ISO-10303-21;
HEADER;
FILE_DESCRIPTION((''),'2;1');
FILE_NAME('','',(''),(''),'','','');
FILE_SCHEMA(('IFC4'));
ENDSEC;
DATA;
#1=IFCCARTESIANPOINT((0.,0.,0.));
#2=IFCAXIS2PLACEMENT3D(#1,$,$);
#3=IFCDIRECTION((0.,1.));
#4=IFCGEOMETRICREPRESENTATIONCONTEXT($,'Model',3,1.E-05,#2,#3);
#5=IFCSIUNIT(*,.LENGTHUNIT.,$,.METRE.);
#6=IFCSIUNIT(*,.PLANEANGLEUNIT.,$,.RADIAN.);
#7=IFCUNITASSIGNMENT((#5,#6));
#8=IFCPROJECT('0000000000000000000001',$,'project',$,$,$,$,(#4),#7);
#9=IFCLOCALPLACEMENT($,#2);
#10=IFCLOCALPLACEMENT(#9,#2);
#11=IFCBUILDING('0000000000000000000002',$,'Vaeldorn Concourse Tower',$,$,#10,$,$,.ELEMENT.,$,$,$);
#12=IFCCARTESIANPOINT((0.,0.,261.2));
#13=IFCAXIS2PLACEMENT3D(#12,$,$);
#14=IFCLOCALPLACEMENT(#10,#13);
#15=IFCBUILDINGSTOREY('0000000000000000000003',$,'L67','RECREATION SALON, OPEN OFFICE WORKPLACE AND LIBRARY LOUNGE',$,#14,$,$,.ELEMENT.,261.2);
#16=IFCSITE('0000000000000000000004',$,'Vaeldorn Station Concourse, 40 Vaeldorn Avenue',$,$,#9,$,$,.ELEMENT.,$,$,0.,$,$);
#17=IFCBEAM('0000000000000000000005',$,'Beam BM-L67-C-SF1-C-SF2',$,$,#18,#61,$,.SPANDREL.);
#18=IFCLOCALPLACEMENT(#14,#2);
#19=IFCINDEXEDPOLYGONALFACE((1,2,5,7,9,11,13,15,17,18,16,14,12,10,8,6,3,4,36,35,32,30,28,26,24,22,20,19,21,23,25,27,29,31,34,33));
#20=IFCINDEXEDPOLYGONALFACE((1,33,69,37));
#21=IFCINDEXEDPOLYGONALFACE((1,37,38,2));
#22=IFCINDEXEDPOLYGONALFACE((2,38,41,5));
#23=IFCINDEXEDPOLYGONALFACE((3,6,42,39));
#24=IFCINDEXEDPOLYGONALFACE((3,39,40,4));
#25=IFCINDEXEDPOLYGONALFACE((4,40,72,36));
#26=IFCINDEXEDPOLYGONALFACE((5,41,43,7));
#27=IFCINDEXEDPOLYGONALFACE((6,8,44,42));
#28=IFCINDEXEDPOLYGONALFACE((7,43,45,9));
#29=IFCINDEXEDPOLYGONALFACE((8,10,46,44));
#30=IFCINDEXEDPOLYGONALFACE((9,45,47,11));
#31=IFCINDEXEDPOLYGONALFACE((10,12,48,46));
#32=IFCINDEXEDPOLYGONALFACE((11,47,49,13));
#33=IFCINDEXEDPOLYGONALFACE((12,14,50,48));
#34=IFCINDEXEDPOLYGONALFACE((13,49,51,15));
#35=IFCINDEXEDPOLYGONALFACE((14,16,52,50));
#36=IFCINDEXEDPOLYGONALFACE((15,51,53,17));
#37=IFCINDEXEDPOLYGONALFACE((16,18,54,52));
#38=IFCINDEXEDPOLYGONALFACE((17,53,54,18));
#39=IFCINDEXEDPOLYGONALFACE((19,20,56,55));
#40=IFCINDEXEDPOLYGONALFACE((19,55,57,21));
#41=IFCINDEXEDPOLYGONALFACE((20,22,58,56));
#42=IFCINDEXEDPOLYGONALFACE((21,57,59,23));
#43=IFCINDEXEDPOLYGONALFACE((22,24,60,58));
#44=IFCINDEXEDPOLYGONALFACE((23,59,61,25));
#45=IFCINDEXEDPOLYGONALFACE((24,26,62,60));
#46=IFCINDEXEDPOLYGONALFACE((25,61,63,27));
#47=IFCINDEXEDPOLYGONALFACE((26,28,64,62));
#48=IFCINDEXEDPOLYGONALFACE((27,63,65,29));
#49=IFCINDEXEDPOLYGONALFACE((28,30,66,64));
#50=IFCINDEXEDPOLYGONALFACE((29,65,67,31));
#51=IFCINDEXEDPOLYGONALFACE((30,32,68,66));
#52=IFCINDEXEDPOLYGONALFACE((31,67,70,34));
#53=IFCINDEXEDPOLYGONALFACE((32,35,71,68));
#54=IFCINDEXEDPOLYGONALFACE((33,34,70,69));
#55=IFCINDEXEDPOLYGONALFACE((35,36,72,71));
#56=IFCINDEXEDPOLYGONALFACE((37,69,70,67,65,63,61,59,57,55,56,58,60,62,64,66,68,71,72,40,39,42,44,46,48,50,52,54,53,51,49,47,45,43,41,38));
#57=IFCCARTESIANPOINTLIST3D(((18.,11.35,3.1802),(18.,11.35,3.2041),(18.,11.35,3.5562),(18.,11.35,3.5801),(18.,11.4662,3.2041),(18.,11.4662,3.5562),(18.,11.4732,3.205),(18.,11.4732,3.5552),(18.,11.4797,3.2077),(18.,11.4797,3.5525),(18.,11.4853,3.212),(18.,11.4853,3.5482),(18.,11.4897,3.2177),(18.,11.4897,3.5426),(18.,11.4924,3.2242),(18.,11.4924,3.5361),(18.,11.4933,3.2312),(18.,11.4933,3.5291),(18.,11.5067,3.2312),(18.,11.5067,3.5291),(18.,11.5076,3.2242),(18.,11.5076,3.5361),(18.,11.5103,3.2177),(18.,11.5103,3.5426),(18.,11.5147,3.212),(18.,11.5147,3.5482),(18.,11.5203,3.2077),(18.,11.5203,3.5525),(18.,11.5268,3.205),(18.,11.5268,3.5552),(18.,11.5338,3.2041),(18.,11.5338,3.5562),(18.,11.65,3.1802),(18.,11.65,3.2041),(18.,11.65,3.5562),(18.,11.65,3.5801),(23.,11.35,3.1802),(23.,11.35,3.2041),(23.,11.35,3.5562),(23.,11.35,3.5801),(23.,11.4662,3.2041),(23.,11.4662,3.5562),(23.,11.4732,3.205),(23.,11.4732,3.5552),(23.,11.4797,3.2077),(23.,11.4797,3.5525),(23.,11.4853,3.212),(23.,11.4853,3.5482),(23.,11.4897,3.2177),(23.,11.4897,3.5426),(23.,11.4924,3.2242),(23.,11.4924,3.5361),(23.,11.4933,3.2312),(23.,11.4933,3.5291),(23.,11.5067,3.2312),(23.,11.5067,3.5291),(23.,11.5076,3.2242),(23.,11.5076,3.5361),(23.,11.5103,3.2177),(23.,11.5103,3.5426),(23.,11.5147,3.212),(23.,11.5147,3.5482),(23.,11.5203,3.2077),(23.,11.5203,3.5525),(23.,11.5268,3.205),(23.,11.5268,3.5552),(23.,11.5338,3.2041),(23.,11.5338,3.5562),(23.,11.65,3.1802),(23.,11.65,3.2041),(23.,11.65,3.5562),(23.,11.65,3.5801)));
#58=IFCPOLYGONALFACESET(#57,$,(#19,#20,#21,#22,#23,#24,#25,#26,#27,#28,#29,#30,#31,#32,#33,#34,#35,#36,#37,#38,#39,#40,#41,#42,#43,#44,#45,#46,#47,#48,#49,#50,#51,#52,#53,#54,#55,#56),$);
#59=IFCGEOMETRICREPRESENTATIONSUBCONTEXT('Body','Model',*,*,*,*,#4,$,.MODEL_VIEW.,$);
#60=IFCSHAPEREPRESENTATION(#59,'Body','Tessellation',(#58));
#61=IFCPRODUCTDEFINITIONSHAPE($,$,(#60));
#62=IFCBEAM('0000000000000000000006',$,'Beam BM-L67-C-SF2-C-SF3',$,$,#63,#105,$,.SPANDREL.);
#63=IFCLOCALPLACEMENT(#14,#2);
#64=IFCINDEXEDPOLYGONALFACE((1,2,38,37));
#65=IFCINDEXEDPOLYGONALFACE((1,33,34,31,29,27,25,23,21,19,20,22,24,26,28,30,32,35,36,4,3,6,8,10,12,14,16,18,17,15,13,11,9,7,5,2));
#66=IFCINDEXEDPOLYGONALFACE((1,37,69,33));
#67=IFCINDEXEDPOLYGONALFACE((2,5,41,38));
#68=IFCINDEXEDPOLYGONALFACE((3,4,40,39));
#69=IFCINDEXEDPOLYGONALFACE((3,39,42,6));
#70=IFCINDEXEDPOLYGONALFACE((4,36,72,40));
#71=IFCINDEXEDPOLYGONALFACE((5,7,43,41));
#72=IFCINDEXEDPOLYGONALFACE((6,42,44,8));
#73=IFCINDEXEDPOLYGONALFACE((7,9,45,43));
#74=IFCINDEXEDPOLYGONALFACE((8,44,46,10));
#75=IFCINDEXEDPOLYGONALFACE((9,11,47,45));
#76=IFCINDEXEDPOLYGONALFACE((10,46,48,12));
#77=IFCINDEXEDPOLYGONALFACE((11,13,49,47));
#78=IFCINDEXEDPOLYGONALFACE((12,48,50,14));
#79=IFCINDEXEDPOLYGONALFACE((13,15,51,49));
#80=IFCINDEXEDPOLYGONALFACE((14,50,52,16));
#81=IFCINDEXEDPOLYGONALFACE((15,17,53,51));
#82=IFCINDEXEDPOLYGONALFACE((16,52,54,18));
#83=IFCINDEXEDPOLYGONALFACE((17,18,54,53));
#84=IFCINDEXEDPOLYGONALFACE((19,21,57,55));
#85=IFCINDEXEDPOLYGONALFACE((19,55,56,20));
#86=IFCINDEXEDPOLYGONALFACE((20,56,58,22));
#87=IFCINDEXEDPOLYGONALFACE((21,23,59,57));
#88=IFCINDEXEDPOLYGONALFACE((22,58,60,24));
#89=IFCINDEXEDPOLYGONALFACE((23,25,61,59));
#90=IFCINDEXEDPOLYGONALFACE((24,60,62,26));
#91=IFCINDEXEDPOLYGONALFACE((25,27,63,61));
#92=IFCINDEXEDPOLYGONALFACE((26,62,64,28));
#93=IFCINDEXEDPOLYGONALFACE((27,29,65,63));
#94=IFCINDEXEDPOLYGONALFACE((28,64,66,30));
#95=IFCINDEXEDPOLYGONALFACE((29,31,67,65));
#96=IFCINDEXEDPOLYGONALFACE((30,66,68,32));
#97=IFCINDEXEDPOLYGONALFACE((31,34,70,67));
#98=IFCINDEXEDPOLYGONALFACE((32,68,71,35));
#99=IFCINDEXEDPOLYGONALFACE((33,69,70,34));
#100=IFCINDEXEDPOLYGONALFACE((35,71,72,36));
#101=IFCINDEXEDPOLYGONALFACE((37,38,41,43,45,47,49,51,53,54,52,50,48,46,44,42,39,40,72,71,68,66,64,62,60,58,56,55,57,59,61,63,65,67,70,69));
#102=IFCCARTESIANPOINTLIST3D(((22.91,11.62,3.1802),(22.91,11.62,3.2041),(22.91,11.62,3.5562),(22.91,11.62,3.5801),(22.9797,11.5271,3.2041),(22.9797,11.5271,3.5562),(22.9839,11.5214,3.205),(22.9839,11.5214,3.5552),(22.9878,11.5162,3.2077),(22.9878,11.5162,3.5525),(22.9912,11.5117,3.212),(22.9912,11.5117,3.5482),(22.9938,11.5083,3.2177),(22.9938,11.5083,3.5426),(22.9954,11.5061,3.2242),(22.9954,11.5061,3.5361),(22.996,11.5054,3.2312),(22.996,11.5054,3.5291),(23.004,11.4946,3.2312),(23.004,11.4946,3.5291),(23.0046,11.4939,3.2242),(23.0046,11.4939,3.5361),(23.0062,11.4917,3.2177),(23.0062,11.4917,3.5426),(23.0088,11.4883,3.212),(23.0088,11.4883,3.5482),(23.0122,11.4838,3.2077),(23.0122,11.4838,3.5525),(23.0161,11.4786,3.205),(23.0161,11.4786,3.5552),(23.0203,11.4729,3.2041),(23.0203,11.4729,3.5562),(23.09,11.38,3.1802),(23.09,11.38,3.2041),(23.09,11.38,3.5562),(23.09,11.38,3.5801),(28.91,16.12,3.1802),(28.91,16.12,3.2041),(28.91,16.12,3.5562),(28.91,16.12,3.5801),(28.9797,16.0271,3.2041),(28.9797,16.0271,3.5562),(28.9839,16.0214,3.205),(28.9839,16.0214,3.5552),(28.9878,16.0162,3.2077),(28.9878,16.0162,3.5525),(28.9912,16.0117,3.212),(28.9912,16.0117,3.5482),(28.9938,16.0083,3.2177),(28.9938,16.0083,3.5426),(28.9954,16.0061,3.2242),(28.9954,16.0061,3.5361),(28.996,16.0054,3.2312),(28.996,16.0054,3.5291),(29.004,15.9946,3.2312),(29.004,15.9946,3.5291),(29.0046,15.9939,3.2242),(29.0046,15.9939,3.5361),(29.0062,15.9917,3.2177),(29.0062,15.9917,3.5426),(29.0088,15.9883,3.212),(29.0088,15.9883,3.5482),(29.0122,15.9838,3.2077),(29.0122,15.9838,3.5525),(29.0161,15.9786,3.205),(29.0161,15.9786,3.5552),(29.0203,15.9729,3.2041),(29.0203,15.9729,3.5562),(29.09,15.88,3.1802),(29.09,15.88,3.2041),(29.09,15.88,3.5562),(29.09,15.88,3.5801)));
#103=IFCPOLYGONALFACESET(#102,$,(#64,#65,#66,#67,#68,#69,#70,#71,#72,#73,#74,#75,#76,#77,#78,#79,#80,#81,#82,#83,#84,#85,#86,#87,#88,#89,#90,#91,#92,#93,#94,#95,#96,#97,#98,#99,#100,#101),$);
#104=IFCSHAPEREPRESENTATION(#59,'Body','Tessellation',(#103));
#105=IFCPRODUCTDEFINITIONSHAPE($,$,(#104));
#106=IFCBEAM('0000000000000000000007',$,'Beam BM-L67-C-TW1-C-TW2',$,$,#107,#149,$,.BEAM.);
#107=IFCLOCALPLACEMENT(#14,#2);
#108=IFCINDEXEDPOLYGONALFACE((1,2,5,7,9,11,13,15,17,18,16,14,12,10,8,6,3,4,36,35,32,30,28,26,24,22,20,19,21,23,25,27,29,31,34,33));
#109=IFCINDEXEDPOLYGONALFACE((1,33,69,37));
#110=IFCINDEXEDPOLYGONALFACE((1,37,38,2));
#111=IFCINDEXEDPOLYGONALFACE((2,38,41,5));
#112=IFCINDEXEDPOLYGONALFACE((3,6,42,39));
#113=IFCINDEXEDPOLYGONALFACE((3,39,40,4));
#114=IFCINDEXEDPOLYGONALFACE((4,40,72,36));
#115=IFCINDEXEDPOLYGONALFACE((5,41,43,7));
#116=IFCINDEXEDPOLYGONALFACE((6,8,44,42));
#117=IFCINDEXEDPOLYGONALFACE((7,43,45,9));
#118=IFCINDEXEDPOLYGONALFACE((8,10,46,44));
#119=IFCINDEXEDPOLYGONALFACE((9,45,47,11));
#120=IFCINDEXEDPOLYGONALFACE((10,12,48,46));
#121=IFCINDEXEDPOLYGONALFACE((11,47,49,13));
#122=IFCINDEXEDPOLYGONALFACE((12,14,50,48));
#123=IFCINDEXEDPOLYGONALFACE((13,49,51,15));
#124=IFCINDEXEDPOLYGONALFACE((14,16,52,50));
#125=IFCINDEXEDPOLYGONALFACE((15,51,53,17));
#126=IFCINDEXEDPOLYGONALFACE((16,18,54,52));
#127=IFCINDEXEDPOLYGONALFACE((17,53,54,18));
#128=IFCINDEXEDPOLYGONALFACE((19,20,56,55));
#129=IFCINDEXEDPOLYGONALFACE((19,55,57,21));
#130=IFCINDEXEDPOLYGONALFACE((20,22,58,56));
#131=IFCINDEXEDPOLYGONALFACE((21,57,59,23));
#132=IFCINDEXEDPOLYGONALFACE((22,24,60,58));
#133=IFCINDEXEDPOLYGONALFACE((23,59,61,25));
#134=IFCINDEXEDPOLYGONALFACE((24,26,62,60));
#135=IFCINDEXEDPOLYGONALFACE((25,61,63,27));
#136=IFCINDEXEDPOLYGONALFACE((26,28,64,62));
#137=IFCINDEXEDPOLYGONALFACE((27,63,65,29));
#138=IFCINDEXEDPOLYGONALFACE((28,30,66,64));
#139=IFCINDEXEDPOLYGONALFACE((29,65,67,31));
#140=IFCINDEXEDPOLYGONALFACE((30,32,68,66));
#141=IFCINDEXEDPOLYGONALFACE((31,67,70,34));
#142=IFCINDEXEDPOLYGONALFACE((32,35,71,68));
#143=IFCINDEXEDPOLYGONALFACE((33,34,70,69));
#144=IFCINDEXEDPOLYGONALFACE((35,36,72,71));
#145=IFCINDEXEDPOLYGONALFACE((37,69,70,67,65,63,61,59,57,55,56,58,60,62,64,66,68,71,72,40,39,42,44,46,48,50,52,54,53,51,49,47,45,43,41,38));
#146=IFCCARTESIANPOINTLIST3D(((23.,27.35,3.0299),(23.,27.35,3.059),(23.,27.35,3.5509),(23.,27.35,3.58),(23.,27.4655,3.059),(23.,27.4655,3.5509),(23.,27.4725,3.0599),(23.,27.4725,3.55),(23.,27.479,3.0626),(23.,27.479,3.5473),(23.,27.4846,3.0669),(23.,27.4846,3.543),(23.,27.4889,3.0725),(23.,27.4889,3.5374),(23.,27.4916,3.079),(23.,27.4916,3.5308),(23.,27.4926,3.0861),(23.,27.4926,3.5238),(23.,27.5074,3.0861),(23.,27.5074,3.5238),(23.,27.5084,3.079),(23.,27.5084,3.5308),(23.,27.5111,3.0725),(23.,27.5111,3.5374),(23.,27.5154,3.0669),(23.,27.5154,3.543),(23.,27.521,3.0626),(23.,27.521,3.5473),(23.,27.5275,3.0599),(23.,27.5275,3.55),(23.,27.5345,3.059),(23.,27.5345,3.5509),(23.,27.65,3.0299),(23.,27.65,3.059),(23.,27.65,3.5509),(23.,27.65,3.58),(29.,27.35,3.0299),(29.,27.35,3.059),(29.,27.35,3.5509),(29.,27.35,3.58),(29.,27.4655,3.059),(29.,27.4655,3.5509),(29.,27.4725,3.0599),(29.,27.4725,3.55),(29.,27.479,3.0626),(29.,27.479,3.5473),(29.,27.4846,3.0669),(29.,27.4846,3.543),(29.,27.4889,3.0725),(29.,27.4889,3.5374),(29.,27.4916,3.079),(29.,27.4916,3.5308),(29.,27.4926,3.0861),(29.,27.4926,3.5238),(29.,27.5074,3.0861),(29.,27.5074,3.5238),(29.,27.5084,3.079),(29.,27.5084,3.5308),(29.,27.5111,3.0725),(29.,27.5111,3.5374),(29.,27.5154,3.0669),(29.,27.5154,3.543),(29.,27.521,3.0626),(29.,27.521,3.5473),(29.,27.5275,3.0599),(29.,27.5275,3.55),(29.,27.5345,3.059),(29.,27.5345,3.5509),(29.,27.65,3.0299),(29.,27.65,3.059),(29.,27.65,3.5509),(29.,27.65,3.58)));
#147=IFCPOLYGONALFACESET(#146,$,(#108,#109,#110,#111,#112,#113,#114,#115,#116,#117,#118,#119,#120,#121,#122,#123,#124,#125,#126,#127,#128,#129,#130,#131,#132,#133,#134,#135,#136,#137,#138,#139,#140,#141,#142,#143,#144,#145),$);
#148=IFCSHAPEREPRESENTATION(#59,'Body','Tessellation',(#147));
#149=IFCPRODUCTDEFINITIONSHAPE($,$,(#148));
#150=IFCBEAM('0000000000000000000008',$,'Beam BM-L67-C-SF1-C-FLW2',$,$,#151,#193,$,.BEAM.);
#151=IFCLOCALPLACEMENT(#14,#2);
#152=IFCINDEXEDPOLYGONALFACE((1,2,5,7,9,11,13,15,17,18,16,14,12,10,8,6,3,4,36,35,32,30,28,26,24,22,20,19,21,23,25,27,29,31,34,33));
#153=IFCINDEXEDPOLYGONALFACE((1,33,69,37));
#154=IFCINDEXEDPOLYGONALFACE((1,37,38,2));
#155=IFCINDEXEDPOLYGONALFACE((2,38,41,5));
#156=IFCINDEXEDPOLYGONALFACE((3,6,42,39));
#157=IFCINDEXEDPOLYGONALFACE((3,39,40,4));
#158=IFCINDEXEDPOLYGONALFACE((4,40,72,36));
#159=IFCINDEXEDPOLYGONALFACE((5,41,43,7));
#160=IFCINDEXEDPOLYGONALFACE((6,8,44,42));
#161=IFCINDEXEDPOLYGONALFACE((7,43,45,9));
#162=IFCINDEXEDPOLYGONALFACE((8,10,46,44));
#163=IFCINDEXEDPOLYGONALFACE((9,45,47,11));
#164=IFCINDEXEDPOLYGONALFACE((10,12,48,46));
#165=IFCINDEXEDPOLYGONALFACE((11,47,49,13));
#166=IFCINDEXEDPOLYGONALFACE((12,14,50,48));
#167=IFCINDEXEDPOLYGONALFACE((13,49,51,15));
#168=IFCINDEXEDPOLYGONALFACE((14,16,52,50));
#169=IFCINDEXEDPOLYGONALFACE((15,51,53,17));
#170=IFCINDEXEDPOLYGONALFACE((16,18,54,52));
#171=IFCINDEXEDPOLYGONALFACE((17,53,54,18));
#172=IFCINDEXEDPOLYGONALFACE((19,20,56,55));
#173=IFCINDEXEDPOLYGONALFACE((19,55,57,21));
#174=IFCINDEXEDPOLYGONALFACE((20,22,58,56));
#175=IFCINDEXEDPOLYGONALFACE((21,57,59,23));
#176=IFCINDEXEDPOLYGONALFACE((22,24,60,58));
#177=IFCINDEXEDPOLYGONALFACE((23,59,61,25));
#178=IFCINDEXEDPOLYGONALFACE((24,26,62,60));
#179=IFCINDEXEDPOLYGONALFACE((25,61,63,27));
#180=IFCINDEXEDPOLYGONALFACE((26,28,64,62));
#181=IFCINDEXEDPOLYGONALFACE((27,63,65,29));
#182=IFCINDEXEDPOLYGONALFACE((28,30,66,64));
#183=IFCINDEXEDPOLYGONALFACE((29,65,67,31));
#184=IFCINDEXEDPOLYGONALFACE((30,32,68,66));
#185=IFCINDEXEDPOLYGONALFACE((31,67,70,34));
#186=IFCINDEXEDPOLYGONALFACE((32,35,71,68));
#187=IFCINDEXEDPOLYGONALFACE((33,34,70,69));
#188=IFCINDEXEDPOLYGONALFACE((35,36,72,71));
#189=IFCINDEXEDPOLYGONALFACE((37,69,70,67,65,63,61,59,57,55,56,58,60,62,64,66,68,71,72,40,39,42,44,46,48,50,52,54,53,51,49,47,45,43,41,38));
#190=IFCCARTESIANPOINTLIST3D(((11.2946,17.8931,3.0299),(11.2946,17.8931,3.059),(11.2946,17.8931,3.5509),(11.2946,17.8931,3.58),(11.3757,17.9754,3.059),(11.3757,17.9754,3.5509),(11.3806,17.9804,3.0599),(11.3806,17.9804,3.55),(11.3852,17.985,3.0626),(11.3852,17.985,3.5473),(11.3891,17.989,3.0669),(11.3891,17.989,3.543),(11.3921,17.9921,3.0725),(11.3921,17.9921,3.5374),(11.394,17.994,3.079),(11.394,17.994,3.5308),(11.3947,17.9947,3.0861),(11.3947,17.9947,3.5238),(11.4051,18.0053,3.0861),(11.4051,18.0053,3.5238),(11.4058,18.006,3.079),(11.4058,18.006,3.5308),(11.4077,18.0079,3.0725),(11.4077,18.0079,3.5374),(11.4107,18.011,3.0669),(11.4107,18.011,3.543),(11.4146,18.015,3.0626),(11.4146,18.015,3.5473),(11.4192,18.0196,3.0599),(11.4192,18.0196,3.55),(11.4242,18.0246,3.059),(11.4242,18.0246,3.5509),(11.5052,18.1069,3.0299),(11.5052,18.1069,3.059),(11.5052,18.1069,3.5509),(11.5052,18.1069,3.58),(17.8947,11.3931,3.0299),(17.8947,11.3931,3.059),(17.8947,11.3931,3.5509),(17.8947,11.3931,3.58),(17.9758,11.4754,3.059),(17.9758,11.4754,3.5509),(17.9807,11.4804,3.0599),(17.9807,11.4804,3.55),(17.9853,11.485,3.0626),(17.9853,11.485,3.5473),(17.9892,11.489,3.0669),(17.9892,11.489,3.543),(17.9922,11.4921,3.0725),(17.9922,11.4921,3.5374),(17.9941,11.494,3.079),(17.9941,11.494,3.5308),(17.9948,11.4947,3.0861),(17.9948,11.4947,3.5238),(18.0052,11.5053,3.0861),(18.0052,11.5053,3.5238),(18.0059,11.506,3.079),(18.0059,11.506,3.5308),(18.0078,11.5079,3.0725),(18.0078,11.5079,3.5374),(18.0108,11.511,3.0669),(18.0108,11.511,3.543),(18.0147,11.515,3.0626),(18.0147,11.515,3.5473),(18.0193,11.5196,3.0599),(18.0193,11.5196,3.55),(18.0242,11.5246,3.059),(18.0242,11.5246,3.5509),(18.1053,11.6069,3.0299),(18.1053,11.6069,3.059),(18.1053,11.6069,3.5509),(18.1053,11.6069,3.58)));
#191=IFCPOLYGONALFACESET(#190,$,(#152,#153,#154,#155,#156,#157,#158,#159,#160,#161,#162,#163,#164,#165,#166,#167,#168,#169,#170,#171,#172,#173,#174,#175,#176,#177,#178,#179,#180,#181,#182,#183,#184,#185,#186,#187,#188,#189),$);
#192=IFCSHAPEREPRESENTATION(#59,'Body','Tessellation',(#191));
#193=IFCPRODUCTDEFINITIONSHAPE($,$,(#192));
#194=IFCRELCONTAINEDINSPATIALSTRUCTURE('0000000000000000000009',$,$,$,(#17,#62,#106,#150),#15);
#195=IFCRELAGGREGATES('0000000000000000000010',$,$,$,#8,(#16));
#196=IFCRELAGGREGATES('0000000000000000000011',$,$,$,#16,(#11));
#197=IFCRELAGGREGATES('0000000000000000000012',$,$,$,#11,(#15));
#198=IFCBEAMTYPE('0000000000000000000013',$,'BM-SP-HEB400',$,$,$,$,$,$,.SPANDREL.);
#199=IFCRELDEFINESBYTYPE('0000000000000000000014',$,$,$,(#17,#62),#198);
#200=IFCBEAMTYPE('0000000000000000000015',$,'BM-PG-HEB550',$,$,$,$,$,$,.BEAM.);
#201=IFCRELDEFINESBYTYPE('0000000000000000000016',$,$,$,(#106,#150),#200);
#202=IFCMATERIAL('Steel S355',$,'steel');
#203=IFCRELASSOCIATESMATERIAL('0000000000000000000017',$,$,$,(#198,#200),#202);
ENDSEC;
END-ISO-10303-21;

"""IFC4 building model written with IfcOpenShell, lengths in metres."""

from ifc_helpers import new_model, si_unit, direction, frame, origin, origin_2d, place, context, subcontext, project, spatial, i_section, extrude, source, transform, mapped, material, material_profile, profile_set, type_object, element, save


model = new_model("IFC4")

# Units and contexts
model_context = context("Model", 3, precision=1e-05, world=origin(), true_north=direction((0.0, 1.0)))
body_context = subcontext(model_context, "Body", "Model", "MODEL_VIEW")
ifc_project = project(units=[si_unit("LENGTHUNIT", "METRE"), si_unit("PLANEANGLEUNIT", "RADIAN")], contexts=[model_context])

# Site, building, storey
site_placement = place(None, origin())
site = spatial("IfcSite", under=ifc_project, at=site_placement, Name="Vaeldorn Station Concourse, 40 Vaeldorn Avenue", CompositionType="ELEMENT", RefElevation=0.0)
building_placement = place(site_placement, origin())
building = spatial("IfcBuilding", under=site, at=building_placement, Name="Vaeldorn Concourse Tower", CompositionType="ELEMENT")
storey_placement = place(building_placement, frame((0.0, 0.0, 261.2)))
storey = spatial("IfcBuildingStorey", under=building, at=storey_placement, Name="L67", Description="RECREATION SALON, OPEN OFFICE WORKPLACE AND LIBRARY LOUNGE", CompositionType="ELEMENT", Elevation=261.2)

# Shared definitions
ifc_material_1 = material(Name="Steel S355", Category="steel")

# Beams
ifc_material_profile_1 = material_profile(ifc_material_1, i_section(OverallWidth=0.3, OverallDepth=0.3999, WebThickness=0.0134, FlangeThickness=0.0239, FilletRadius=0.0271, at=origin_2d()), Name="HEB 400")
ifc_profile_set_1 = profile_set([ifc_material_profile_1], Name="Steel S355")
beam_type_1 = type_object("IfcBeamType", Name="BM-SP-HEB400", PredefinedType="SPANDREL", material=ifc_profile_set_1)
shared_shape_1 = source(origin(), body_context, "Body", "SweptSolid", [
    extrude(i_section(OverallWidth=0.3, OverallDepth=0.3999, WebThickness=0.0134, FlangeThickness=0.0239, FilletRadius=0.0271, at=origin_2d()), origin(), (0.0, 0.0, 1.0), 5.0),
])
beam_1_placement = place(storey_placement, frame((18.0, 11.5, 3.3801), z_axis=(1.0, 0.0, 0.0), x_axis=(0.0, 1.0, 0.0)))
element("IfcBeam", 1, at=beam_1_placement, inside=storey, type_object=beam_type_1, Name="Beam BM-L67-C-SF1-C-SF2", PredefinedType="SPANDREL", context=body_context, shape_type="MappedRepresentation", body=[
    mapped(shared_shape_1, transform((0.0, 0.0, 0.0), scale=1.0)),
])
shared_shape_2 = source(origin(), body_context, "Body", "SweptSolid", [
    extrude(i_section(OverallWidth=0.3, OverallDepth=0.3999, WebThickness=0.0134, FlangeThickness=0.0239, FilletRadius=0.0271, at=origin_2d()), origin(), (0.0, 0.0, 1.0), 7.5),
])
beam_2_placement = place(storey_placement, frame((23.0, 11.5, 3.3801), z_axis=(0.8, 0.6, 0.0), x_axis=(-0.6, 0.8, 0.0)))
element("IfcBeam", 2, at=beam_2_placement, inside=storey, type_object=beam_type_1, Name="Beam BM-L67-C-SF2-C-SF3", PredefinedType="SPANDREL", context=body_context, shape_type="MappedRepresentation", body=[
    mapped(shared_shape_2, transform((0.0, 0.0, 0.0), scale=1.0)),
])
ifc_material_profile_2 = material_profile(ifc_material_1, i_section(OverallWidth=0.3, OverallDepth=0.55, WebThickness=0.0149, FlangeThickness=0.0291, FilletRadius=0.0271, at=origin_2d()), Name="HEB 550")
ifc_profile_set_2 = profile_set([ifc_material_profile_2], Name="Steel S355")
beam_type_2 = type_object("IfcBeamType", Name="BM-PG-HEB550", PredefinedType="BEAM", material=ifc_profile_set_2)
shared_shape_3 = source(origin(), body_context, "Body", "SweptSolid", [
    extrude(i_section(OverallWidth=0.3, OverallDepth=0.55, WebThickness=0.0149, FlangeThickness=0.0291, FilletRadius=0.0271, at=origin_2d()), origin(), (0.0, 0.0, 1.0), 6.0),
])
beam_3_placement = place(storey_placement, frame((23.0, 27.5, 3.3049), z_axis=(1.0, 0.0, 0.0), x_axis=(0.0, 1.0, 0.0)))
element("IfcBeam", 3, at=beam_3_placement, inside=storey, type_object=beam_type_2, Name="Beam BM-L67-C-TW1-C-TW2", PredefinedType="BEAM", context=body_context, shape_type="MappedRepresentation", body=[
    mapped(shared_shape_3, transform((0.0, 0.0, 0.0), scale=1.0)),
])
shared_shape_4 = source(origin(), body_context, "Body", "SweptSolid", [
    extrude(i_section(OverallWidth=0.3, OverallDepth=0.55, WebThickness=0.0149, FlangeThickness=0.0291, FilletRadius=0.0271, at=origin_2d()), origin(), (0.0, 0.0, 1.0), 9.2634),
])
beam_4_placement = place(storey_placement, frame((18.0, 11.5, 3.3049), z_axis=(-0.712489, 0.701683, 0.0), x_axis=(-0.701683, -0.712489, 0.0)))
element("IfcBeam", 4, at=beam_4_placement, inside=storey, type_object=beam_type_2, Name="Beam BM-L67-C-SF1-C-FLW2", PredefinedType="BEAM", context=body_context, shape_type="MappedRepresentation", body=[
    mapped(shared_shape_4, transform((0.0, 0.0, 0.0), scale=1.0)),
])

save(model, "model.ifc")
